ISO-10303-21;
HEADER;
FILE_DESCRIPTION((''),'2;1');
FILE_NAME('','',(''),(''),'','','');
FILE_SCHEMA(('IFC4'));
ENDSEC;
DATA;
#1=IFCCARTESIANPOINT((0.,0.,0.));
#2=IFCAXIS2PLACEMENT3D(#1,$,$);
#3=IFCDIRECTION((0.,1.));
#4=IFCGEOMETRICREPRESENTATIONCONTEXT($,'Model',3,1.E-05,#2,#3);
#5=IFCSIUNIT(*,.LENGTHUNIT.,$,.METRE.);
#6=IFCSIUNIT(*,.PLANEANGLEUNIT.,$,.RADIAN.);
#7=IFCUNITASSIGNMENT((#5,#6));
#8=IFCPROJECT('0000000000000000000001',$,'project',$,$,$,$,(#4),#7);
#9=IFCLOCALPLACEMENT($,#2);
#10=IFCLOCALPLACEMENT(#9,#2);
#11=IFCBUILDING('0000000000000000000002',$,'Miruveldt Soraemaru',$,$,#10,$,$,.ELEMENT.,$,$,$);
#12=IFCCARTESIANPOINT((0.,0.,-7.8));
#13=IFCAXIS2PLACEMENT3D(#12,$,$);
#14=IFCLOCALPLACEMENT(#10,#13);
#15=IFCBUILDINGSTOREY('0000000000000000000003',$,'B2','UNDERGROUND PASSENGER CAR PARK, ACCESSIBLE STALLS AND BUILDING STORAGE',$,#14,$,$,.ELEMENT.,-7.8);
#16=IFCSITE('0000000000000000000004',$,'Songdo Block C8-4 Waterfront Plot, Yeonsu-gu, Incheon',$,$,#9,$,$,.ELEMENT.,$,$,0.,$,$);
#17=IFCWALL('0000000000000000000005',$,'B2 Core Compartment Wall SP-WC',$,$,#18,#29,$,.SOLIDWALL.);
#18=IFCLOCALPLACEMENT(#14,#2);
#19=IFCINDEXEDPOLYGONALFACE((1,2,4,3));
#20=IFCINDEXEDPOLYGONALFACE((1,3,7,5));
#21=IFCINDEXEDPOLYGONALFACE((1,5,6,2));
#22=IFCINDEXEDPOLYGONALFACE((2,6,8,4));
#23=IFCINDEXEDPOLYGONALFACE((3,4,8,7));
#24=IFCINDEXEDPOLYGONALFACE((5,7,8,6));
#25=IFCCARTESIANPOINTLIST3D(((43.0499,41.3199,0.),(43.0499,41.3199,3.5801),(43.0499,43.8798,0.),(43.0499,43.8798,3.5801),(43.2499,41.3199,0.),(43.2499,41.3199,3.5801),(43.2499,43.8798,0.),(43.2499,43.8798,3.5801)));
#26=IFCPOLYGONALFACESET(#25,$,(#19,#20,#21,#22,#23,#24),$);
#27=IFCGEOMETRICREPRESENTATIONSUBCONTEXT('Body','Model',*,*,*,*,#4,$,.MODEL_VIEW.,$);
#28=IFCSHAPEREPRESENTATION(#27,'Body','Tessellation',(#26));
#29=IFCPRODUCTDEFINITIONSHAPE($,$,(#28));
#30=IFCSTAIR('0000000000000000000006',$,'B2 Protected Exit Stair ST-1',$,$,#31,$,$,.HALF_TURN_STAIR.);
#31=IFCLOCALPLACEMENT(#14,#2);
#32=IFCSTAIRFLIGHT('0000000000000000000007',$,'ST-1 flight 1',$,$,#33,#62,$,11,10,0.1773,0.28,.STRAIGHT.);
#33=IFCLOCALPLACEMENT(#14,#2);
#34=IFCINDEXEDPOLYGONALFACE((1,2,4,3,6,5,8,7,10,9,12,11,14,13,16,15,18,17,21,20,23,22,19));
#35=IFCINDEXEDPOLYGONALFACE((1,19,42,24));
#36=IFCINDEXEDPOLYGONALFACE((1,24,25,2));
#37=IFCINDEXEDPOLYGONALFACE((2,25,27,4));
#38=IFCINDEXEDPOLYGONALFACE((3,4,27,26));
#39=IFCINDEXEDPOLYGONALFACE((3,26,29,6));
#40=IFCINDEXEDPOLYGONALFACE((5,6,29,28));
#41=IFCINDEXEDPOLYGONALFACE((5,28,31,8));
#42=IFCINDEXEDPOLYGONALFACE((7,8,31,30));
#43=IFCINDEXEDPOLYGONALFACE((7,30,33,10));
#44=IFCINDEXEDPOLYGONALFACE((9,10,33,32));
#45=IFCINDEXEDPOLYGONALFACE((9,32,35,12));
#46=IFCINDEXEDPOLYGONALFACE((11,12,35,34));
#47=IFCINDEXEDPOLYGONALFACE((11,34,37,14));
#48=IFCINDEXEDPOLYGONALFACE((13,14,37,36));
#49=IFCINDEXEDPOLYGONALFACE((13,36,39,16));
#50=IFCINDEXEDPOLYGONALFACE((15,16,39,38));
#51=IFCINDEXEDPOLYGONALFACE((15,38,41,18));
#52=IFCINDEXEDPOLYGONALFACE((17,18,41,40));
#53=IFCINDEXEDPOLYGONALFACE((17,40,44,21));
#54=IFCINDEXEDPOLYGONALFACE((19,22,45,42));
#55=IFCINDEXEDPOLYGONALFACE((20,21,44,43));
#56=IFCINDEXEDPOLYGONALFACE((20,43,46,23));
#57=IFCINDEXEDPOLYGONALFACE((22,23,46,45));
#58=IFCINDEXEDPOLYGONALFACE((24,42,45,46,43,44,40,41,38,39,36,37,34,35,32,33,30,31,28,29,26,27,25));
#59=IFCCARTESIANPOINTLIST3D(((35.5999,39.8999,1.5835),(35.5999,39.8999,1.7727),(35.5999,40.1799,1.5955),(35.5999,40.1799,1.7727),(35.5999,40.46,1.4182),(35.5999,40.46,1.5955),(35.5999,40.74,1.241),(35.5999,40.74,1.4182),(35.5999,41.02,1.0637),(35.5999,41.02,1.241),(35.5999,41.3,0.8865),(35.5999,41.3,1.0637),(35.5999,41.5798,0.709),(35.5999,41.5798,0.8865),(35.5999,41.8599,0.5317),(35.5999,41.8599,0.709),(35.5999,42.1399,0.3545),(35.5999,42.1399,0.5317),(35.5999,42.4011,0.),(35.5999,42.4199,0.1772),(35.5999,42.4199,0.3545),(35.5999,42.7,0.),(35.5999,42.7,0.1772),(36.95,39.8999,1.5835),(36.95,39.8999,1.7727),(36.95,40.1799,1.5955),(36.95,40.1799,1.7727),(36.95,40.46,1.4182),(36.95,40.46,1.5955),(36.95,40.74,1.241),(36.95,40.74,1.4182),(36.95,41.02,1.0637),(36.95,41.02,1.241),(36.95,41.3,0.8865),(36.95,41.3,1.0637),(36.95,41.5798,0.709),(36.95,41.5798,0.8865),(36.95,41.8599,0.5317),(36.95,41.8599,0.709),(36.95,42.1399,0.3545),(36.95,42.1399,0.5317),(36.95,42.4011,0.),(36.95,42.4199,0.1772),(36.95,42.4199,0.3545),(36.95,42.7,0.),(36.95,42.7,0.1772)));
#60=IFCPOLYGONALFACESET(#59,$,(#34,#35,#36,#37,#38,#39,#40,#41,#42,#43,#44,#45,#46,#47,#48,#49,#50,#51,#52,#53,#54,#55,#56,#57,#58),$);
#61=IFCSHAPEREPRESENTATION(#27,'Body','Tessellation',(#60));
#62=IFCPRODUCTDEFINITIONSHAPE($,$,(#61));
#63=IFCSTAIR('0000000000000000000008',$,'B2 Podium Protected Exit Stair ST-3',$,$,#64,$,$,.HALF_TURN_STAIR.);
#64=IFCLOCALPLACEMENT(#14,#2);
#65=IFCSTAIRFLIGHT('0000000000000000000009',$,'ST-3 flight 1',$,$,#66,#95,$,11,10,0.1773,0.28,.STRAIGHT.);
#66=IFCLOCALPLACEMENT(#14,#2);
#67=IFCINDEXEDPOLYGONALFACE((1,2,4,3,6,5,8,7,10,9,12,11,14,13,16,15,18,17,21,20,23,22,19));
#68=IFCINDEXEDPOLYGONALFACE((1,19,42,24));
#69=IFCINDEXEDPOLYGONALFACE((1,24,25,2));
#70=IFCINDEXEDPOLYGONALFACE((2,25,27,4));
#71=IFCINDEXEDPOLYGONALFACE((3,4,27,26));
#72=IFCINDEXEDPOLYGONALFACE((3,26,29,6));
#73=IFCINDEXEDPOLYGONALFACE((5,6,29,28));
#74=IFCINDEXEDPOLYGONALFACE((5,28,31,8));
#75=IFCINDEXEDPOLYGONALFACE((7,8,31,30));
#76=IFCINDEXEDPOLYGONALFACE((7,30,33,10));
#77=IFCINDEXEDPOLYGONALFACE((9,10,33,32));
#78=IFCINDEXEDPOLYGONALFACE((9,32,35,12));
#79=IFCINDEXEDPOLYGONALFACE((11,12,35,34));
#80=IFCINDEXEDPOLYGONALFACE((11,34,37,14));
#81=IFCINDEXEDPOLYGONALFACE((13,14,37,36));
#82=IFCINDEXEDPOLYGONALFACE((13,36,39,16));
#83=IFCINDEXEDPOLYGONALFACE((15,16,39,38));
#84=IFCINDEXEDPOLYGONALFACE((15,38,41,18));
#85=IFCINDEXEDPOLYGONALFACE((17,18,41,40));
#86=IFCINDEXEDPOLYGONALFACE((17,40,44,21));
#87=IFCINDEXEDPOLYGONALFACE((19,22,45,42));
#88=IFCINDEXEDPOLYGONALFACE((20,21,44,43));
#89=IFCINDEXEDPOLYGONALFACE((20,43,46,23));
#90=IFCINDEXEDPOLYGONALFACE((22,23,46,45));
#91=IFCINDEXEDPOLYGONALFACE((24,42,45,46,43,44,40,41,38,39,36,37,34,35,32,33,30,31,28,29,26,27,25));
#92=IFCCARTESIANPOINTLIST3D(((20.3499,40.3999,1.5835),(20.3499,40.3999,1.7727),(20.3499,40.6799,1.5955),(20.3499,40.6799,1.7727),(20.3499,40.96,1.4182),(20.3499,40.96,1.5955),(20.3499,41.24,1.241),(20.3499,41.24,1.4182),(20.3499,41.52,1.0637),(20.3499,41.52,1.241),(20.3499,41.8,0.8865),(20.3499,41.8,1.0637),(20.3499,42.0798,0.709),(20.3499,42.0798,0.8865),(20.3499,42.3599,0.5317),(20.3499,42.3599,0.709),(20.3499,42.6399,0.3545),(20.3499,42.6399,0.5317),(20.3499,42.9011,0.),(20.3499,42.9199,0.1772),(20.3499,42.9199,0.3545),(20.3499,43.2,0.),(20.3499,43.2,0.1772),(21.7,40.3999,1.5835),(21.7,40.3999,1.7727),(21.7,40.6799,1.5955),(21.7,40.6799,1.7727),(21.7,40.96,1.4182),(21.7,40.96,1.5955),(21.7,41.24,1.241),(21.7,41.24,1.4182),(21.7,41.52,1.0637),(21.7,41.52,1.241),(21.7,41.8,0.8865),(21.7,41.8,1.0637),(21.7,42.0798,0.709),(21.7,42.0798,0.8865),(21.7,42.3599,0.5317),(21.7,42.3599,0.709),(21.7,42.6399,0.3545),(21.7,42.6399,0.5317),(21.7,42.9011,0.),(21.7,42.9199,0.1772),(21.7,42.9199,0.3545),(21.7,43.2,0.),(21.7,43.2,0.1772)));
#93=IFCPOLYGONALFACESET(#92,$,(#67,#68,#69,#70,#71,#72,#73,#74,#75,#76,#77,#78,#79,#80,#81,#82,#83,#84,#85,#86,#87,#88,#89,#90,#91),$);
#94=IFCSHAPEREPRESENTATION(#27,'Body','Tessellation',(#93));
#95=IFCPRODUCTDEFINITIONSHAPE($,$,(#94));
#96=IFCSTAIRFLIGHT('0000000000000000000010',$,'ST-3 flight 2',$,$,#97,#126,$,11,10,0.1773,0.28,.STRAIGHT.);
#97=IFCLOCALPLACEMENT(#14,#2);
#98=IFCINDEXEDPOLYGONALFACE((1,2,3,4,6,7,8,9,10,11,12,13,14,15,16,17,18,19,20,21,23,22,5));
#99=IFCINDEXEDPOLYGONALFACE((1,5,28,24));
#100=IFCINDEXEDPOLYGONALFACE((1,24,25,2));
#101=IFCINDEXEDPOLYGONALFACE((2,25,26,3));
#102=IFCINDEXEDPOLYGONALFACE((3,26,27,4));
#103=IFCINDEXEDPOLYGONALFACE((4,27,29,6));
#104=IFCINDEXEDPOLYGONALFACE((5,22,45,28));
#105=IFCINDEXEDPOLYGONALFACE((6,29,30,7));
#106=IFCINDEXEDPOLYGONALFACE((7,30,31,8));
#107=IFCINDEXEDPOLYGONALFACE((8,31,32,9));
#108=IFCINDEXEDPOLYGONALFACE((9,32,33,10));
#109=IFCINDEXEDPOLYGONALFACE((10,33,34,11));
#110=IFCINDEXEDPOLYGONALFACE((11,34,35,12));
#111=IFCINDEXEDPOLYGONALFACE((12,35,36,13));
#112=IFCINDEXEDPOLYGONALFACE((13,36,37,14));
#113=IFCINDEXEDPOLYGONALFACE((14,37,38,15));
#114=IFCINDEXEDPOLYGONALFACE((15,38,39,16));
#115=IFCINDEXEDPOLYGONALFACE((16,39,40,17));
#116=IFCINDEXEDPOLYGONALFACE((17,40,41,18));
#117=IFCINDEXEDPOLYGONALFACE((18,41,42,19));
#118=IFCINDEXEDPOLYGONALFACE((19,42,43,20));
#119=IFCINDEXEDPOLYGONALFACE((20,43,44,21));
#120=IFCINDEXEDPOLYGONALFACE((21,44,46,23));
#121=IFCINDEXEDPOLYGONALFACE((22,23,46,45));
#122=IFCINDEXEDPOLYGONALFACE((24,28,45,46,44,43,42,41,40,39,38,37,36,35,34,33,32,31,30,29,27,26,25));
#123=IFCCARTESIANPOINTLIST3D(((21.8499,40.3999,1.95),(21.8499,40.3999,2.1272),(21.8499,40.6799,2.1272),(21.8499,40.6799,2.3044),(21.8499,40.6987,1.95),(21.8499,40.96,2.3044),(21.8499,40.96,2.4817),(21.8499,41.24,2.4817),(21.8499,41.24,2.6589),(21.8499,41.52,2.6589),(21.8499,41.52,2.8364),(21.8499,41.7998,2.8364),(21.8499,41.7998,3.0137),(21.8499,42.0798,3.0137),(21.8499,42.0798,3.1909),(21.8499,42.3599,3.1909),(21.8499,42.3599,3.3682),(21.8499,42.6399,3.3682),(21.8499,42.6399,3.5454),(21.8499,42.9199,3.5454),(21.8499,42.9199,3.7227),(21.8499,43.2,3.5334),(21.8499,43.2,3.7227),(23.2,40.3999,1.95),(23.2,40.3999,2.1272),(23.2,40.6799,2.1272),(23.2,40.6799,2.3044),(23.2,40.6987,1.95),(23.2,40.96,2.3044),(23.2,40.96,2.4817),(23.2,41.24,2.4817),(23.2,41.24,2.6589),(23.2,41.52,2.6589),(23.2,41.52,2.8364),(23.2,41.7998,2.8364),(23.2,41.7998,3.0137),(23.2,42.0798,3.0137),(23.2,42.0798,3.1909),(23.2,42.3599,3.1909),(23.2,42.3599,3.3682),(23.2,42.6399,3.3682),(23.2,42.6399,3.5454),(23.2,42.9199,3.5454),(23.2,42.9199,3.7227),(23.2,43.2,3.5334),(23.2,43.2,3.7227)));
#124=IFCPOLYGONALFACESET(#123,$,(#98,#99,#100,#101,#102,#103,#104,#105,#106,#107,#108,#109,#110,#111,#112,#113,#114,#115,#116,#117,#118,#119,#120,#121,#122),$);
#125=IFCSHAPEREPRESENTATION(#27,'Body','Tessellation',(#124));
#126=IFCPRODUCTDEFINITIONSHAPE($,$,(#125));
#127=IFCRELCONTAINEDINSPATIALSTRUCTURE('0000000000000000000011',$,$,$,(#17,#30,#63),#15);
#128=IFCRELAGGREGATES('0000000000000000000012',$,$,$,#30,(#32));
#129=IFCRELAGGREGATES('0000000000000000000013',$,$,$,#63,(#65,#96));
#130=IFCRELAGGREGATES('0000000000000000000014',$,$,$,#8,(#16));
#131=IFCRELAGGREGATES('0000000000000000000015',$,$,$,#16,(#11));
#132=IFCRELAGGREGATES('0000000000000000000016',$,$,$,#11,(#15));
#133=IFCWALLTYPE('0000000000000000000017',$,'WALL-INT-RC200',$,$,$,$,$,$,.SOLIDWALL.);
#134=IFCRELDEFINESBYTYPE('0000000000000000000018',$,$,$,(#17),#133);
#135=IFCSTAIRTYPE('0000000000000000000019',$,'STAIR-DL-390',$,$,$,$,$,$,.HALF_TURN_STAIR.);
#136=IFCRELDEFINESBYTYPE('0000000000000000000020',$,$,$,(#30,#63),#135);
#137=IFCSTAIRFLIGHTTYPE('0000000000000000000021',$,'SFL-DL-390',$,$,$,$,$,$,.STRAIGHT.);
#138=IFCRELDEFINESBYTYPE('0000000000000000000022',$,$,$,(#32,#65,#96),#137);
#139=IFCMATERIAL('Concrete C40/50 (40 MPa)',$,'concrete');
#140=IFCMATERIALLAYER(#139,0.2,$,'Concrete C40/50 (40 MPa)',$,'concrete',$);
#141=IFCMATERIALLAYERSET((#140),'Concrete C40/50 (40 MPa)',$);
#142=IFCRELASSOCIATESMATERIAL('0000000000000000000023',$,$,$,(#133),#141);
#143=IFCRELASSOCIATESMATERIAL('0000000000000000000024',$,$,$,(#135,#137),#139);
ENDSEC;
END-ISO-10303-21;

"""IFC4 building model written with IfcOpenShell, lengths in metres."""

from ifc_helpers import new_model, si_unit, direction, frame, frame_2d, origin, place, context, subcontext, project, spatial, polyline, rectangle, outline, extrude, material, layer, layer_set, type_object, element, aggregate, save


model = new_model("IFC4")

# Units and contexts
model_context = context("Model", 3, precision=1e-05, world=origin(), true_north=direction((0.0, 1.0)))
body_context = subcontext(model_context, "Body", "Model", "MODEL_VIEW")
ifc_project = project(units=[si_unit("LENGTHUNIT", "METRE"), si_unit("PLANEANGLEUNIT", "RADIAN")], contexts=[model_context])

# Site, building, storey
site_placement = place(None, origin())
site = spatial("IfcSite", under=ifc_project, at=site_placement, Name="Songdo Block C8-4 Waterfront Plot, Yeonsu-gu, Incheon", CompositionType="ELEMENT", RefElevation=0.0)
building_placement = place(site_placement, origin())
building = spatial("IfcBuilding", under=site, at=building_placement, Name="Miruveldt Soraemaru", CompositionType="ELEMENT")
storey_placement = place(building_placement, frame((0.0, 0.0, -7.8)))
storey = spatial("IfcBuildingStorey", under=building, at=storey_placement, Name="B2", Description="UNDERGROUND PASSENGER CAR PARK, ACCESSIBLE STALLS AND BUILDING STORAGE", CompositionType="ELEMENT", Elevation=-7.8)

# Shared definitions
ifc_material_1 = material(Name="Concrete C40/50 (40 MPa)", Category="concrete")

# Shared definitions
ifc_layer_1 = layer(ifc_material_1, 0.2, Name="Concrete C40/50 (40 MPa)", Category="concrete")
ifc_layer_set_1 = layer_set([ifc_layer_1], Name="Concrete C40/50 (40 MPa)")
wall_type_1 = type_object("IfcWallType", Name="WALL-INT-RC200", PredefinedType="SOLIDWALL", material=ifc_layer_set_1)

# Wall
wall_1_placement = place(storey_placement, frame((43.1499, 41.3201, 0.0), z_axis=(0.0, 0.0, 1.0), x_axis=(0.0, 1.0, 0.0)))
element("IfcWall", 1, at=wall_1_placement, inside=storey, type_object=wall_type_1, Name="B2 Core Compartment Wall SP-WC", PredefinedType="SOLIDWALL", context=body_context, shape_type="SweptSolid", body=[
    extrude(rectangle(XDim=2.5598, YDim=0.2, at=frame_2d((1.2798, 0.0))), origin(), (0.0, 0.0, 1.0), 3.5801),
])

# Stair, stair flight
stair_type = type_object("IfcStairType", Name="STAIR-DL-390", PredefinedType="HALF_TURN_STAIR", material=ifc_material_1)
stair_1_placement = place(storey_placement, origin())
stair_1 = element("IfcStair", 2, at=stair_1_placement, inside=storey, type_object=stair_type, Name="B2 Protected Exit Stair ST-1", PredefinedType="HALF_TURN_STAIR")
stair_flight_type = type_object("IfcStairFlightType", Name="SFL-DL-390", PredefinedType="STRAIGHT", material=ifc_material_1)
stair_flight_1_placement = place(storey_placement, frame((36.2749, 42.7, 0.0), z_axis=(0.0, 0.0, 1.0), x_axis=(0.0, -1.0, 0.0)))
stair_flight_1 = element("IfcStairFlight", 3, at=stair_flight_1_placement, type_object=stair_flight_type, Name="ST-1 flight 1", NumberOfRisers=11, NumberOfTreads=10, PredefinedType="STRAIGHT", RiserHeight=0.1773, TreadLength=0.28, context=body_context, shape_type="SweptSolid", body=[
    extrude(outline(polyline([(0.0, 0.0), (0.0, 0.1772), (0.28, 0.1772), (0.28, 0.3545), (0.5601, 0.3545), (0.5601, 0.5317), (0.8401, 0.5317), (0.8401, 0.709), (1.1201, 0.709), (1.1201, 0.8865), (1.3999, 0.8865), (1.3999, 1.0637), (1.6799, 1.0637), (1.6799, 1.241), (1.96, 1.241), (1.96, 1.4182), (2.24, 1.4182), (2.24, 1.5955), (2.52, 1.5955), (2.52, 1.7727), (2.8, 1.7727), (2.8, 1.95), (2.8, 1.5835), (0.2988, 0.0), (0.0, 0.0)])), frame((0.0, 0.675, 0.0), z_axis=(0.0, -1.0, 0.0), x_axis=(1.0, 0.0, 0.0)), (0.0, 0.0, 1.0), 1.3501),
])
aggregate(stair_1, [stair_flight_1])

# Stair, stair flights
stair_2_placement = place(storey_placement, origin())
stair_2 = element("IfcStair", 4, at=stair_2_placement, inside=storey, type_object=stair_type, Name="B2 Podium Protected Exit Stair ST-3", PredefinedType="HALF_TURN_STAIR")
stair_flight_2_placement = place(storey_placement, frame((21.0249, 43.2, 0.0), z_axis=(0.0, 0.0, 1.0), x_axis=(0.0, -1.0, 0.0)))
stair_flight_2 = element("IfcStairFlight", 5, at=stair_flight_2_placement, type_object=stair_flight_type, Name="ST-3 flight 1", NumberOfRisers=11, NumberOfTreads=10, PredefinedType="STRAIGHT", RiserHeight=0.1773, TreadLength=0.28, context=body_context, shape_type="SweptSolid", body=[
    extrude(outline(polyline([(0.0, 0.0), (0.0, 0.1772), (0.28, 0.1772), (0.28, 0.3545), (0.5601, 0.3545), (0.5601, 0.5317), (0.8401, 0.5317), (0.8401, 0.709), (1.1201, 0.709), (1.1201, 0.8865), (1.3999, 0.8865), (1.3999, 1.0637), (1.6799, 1.0637), (1.6799, 1.241), (1.96, 1.241), (1.96, 1.4182), (2.24, 1.4182), (2.24, 1.5955), (2.52, 1.5955), (2.52, 1.7727), (2.8, 1.7727), (2.8, 1.95), (2.8, 1.5835), (0.2988, 0.0), (0.0, 0.0)])), frame((0.0, 0.675, 0.0), z_axis=(0.0, -1.0, 0.0), x_axis=(1.0, 0.0, 0.0)), (0.0, 0.0, 1.0), 1.3501),
])
stair_flight_3_placement = place(storey_placement, frame((22.5249, 40.3999, 1.95), z_axis=(0.0, 0.0, 1.0), x_axis=(0.0, 1.0, 0.0)))
stair_flight_3 = element("IfcStairFlight", 6, at=stair_flight_3_placement, type_object=stair_flight_type, Name="ST-3 flight 2", NumberOfRisers=11, NumberOfTreads=10, PredefinedType="STRAIGHT", RiserHeight=0.1773, TreadLength=0.28, context=body_context, shape_type="SweptSolid", body=[
    extrude(outline(polyline([(0.0, 0.0), (0.0, 0.1772), (0.28, 0.1772), (0.28, 0.3545), (0.5601, 0.3545), (0.5601, 0.5317), (0.8401, 0.5317), (0.8401, 0.709), (1.1201, 0.709), (1.1201, 0.8865), (1.3999, 0.8865), (1.3999, 1.0637), (1.6799, 1.0637), (1.6799, 1.241), (1.96, 1.241), (1.96, 1.4182), (2.24, 1.4182), (2.24, 1.5955), (2.52, 1.5955), (2.52, 1.7727), (2.8, 1.7727), (2.8, 1.95), (2.8, 1.5835), (0.2988, 0.0), (0.0, 0.0)])), frame((0.0, 0.675, 0.0), z_axis=(0.0, -1.0, 0.0), x_axis=(1.0, 0.0, 0.0)), (0.0, 0.0, 1.0), 1.3501),
])
aggregate(stair_2, [stair_flight_2, stair_flight_3])

save(model, "model.ifc")
